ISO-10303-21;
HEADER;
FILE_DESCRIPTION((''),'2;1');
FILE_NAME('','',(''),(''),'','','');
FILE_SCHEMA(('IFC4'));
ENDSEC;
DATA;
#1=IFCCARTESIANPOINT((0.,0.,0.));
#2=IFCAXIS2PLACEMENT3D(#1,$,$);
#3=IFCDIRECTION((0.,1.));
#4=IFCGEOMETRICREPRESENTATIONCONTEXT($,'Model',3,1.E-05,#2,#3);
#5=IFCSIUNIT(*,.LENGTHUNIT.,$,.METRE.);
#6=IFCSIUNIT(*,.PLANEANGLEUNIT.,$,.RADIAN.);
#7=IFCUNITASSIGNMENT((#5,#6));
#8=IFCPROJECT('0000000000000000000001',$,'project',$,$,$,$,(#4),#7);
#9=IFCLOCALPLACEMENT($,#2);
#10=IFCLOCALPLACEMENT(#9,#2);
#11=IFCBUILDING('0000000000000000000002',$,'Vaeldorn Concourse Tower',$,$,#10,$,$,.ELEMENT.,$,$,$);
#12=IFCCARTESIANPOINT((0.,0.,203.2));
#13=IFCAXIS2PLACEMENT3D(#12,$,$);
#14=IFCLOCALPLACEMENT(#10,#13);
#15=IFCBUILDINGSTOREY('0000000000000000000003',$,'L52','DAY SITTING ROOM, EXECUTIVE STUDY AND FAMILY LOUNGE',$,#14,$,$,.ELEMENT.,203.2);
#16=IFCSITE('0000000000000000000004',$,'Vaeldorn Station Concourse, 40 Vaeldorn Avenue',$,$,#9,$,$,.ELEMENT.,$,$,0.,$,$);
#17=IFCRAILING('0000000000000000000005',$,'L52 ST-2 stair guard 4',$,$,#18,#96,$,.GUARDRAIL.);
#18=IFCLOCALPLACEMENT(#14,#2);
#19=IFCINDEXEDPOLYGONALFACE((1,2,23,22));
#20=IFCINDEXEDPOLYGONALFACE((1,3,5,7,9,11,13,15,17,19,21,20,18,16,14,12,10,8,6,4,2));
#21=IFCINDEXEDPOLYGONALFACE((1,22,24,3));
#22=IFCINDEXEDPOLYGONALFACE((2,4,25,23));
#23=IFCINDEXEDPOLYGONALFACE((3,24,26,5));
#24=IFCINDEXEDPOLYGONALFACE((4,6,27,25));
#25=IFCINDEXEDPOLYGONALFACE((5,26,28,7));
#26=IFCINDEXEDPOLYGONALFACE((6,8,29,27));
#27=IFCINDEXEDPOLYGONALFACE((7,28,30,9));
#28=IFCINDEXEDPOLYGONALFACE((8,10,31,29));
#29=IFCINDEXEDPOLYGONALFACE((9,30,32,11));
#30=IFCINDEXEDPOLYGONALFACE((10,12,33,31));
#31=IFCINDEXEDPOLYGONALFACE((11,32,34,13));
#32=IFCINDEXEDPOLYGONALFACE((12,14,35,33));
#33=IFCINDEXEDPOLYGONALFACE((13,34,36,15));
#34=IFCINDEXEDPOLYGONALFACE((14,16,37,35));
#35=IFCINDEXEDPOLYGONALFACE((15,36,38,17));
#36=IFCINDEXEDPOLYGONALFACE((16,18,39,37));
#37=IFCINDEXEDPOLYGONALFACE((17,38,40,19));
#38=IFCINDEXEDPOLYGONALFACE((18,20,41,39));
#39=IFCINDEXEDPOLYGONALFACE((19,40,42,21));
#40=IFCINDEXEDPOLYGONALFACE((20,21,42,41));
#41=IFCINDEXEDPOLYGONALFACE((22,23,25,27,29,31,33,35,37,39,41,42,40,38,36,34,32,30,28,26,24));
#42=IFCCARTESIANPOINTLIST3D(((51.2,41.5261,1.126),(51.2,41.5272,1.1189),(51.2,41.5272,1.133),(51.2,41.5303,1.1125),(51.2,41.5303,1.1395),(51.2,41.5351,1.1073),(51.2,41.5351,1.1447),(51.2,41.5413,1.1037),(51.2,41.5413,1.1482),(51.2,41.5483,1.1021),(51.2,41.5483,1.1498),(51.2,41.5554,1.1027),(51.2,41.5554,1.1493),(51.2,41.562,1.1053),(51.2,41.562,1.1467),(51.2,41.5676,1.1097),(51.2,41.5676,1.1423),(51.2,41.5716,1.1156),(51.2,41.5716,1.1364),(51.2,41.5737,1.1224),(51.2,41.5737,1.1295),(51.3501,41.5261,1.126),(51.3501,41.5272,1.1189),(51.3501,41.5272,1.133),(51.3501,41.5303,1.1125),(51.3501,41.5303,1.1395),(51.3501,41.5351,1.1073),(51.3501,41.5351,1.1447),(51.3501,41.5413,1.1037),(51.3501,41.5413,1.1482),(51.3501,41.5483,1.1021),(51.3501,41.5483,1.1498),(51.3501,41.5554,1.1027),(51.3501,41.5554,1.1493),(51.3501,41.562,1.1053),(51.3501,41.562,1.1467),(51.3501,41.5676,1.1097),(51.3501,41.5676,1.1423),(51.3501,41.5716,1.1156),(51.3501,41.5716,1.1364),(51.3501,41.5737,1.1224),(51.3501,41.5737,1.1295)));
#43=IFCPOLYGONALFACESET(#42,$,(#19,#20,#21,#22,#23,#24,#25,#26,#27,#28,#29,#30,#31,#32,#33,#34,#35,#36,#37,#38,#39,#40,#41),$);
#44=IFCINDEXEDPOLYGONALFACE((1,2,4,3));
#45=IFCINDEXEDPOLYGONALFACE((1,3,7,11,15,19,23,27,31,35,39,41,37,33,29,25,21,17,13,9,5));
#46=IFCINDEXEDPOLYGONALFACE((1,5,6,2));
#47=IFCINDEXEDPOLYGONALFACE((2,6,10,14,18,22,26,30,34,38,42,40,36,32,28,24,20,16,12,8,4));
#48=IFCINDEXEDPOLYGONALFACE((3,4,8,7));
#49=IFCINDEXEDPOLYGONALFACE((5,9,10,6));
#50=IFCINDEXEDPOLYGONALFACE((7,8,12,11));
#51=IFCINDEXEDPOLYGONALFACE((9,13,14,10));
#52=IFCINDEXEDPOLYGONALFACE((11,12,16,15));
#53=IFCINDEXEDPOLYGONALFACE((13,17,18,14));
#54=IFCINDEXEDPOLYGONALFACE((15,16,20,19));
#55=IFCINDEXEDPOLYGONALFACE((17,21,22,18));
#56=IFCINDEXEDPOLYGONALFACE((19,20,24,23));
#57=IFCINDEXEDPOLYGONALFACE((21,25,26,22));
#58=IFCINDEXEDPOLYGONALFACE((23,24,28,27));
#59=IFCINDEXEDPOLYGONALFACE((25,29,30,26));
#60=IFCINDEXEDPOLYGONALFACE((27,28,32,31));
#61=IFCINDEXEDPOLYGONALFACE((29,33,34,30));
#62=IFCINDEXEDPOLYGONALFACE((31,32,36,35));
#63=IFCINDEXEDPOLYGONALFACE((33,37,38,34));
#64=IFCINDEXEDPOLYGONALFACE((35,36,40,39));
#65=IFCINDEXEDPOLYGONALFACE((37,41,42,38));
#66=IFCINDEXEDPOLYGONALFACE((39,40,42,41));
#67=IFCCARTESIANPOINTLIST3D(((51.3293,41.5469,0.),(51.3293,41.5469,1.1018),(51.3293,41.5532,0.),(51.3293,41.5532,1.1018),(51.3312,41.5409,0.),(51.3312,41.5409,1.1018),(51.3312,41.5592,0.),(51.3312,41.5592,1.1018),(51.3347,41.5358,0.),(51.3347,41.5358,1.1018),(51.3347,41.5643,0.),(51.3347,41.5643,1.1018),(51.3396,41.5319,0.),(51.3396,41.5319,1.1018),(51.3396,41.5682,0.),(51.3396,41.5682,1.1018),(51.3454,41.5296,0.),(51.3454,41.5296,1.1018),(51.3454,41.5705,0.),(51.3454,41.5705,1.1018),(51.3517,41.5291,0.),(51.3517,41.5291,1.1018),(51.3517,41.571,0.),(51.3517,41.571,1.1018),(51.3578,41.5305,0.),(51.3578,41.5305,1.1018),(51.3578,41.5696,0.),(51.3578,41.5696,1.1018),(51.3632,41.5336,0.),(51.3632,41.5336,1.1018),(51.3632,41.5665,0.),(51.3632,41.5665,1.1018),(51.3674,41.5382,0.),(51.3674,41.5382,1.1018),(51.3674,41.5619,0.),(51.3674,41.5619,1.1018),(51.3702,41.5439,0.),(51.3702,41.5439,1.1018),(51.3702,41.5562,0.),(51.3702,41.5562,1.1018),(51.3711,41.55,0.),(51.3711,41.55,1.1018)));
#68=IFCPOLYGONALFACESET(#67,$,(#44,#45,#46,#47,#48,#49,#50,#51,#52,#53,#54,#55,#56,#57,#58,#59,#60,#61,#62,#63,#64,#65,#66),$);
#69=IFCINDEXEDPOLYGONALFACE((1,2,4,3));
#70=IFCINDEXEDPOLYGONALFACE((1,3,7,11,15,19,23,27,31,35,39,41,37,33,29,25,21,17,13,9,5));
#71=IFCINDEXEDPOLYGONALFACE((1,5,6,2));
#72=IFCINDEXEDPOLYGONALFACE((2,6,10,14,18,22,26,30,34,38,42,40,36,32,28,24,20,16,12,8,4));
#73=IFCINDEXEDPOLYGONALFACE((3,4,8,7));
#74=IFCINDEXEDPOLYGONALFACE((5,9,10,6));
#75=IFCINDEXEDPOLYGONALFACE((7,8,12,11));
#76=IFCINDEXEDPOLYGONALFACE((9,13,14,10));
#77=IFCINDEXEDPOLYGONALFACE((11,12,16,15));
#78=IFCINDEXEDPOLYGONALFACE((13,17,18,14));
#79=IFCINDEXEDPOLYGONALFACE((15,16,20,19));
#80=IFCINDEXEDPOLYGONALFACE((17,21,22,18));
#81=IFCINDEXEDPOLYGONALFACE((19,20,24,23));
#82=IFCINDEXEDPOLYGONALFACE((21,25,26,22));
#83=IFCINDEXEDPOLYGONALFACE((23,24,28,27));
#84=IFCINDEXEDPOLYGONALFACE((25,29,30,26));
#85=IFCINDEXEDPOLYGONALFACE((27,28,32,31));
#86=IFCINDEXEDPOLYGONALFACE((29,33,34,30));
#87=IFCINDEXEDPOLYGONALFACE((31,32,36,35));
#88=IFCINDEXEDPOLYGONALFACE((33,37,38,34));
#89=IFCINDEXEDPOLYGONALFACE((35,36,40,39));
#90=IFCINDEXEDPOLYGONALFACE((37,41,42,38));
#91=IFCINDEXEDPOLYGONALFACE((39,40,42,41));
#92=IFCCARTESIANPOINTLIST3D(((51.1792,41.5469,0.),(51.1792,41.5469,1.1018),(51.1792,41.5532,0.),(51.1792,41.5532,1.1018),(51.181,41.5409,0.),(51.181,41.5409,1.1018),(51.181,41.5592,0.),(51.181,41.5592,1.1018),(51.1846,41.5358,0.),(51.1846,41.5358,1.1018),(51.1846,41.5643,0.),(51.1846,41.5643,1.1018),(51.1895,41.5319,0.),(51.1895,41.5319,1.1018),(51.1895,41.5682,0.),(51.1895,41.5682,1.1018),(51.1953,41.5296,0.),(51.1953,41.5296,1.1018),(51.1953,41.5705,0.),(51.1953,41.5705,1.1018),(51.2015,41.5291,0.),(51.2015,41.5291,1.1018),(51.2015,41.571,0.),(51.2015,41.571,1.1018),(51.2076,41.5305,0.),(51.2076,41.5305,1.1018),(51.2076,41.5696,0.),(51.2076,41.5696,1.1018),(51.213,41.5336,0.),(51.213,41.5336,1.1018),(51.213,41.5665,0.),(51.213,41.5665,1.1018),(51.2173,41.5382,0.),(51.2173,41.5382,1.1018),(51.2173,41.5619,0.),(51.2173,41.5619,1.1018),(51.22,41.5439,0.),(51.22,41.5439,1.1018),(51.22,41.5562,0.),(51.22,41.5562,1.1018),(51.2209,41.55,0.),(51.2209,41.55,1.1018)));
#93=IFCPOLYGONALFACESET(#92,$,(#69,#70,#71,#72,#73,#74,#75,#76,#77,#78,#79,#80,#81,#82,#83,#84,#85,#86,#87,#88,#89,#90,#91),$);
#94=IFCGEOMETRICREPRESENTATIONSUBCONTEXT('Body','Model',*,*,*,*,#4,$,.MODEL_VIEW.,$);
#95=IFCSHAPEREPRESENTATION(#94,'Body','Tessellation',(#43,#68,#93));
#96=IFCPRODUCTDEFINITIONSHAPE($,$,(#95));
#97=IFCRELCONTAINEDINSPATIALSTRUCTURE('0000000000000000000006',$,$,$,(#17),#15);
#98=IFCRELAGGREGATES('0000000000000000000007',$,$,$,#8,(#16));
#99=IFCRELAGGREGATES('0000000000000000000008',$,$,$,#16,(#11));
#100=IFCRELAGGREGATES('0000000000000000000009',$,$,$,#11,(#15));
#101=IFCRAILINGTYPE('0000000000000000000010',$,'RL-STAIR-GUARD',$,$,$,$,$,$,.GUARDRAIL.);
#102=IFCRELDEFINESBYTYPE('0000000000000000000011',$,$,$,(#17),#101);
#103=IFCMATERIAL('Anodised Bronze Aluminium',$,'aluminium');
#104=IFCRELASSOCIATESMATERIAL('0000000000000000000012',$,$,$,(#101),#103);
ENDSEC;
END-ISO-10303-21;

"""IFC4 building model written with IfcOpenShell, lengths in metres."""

from ifc_helpers import new_model, si_unit, direction, frame, origin, origin_2d, place, context, subcontext, project, spatial, circle, extrude, material, type_object, element, save


model = new_model("IFC4")

# Units and contexts
model_context = context("Model", 3, precision=1e-05, world=origin(), true_north=direction((0.0, 1.0)))
body_context = subcontext(model_context, "Body", "Model", "MODEL_VIEW")
ifc_project = project(units=[si_unit("LENGTHUNIT", "METRE"), si_unit("PLANEANGLEUNIT", "RADIAN")], contexts=[model_context])

# Site, building, storey
site_placement = place(None, origin())
site = spatial("IfcSite", under=ifc_project, at=site_placement, Name="Vaeldorn Station Concourse, 40 Vaeldorn Avenue", CompositionType="ELEMENT", RefElevation=0.0)
building_placement = place(site_placement, origin())
building = spatial("IfcBuilding", under=site, at=building_placement, Name="Vaeldorn Concourse Tower", CompositionType="ELEMENT")
storey_placement = place(building_placement, frame((0.0, 0.0, 203.2)))
storey = spatial("IfcBuildingStorey", under=building, at=storey_placement, Name="L52", Description="DAY SITTING ROOM, EXECUTIVE STUDY AND FAMILY LOUNGE", CompositionType="ELEMENT", Elevation=203.2)

# Shared definitions
ifc_material_1 = material(Name="Anodised Bronze Aluminium", Category="aluminium")

# Railing
railing_type_1 = type_object("IfcRailingType", Name="RL-STAIR-GUARD", PredefinedType="GUARDRAIL", material=ifc_material_1)
railing_1_placement = place(storey_placement, frame((51.3501, 41.55, 0.0)))
element("IfcRailing", 1, at=railing_1_placement, inside=storey, type_object=railing_type_1, Name="L52 ST-2 stair guard 4", PredefinedType="GUARDRAIL", context=body_context, shape_type="SweptSolid", body=[
    extrude(circle(Radius=0.0239, at=origin_2d()), frame((0.0, 0.0, 1.126), z_axis=(-1.0, 0.0, 0.0), x_axis=(0.0, -1.0, 0.0)), (0.0, 0.0, 1.0), 0.1501),
    extrude(circle(Radius=0.021, at=origin_2d()), origin(), (0.0, 0.0, 1.0), 1.1018),
    extrude(circle(Radius=0.021, at=origin_2d()), frame((-0.1501, 0.0, 0.0)), (0.0, 0.0, 1.0), 1.1018),
])

save(model, "model.ifc")
